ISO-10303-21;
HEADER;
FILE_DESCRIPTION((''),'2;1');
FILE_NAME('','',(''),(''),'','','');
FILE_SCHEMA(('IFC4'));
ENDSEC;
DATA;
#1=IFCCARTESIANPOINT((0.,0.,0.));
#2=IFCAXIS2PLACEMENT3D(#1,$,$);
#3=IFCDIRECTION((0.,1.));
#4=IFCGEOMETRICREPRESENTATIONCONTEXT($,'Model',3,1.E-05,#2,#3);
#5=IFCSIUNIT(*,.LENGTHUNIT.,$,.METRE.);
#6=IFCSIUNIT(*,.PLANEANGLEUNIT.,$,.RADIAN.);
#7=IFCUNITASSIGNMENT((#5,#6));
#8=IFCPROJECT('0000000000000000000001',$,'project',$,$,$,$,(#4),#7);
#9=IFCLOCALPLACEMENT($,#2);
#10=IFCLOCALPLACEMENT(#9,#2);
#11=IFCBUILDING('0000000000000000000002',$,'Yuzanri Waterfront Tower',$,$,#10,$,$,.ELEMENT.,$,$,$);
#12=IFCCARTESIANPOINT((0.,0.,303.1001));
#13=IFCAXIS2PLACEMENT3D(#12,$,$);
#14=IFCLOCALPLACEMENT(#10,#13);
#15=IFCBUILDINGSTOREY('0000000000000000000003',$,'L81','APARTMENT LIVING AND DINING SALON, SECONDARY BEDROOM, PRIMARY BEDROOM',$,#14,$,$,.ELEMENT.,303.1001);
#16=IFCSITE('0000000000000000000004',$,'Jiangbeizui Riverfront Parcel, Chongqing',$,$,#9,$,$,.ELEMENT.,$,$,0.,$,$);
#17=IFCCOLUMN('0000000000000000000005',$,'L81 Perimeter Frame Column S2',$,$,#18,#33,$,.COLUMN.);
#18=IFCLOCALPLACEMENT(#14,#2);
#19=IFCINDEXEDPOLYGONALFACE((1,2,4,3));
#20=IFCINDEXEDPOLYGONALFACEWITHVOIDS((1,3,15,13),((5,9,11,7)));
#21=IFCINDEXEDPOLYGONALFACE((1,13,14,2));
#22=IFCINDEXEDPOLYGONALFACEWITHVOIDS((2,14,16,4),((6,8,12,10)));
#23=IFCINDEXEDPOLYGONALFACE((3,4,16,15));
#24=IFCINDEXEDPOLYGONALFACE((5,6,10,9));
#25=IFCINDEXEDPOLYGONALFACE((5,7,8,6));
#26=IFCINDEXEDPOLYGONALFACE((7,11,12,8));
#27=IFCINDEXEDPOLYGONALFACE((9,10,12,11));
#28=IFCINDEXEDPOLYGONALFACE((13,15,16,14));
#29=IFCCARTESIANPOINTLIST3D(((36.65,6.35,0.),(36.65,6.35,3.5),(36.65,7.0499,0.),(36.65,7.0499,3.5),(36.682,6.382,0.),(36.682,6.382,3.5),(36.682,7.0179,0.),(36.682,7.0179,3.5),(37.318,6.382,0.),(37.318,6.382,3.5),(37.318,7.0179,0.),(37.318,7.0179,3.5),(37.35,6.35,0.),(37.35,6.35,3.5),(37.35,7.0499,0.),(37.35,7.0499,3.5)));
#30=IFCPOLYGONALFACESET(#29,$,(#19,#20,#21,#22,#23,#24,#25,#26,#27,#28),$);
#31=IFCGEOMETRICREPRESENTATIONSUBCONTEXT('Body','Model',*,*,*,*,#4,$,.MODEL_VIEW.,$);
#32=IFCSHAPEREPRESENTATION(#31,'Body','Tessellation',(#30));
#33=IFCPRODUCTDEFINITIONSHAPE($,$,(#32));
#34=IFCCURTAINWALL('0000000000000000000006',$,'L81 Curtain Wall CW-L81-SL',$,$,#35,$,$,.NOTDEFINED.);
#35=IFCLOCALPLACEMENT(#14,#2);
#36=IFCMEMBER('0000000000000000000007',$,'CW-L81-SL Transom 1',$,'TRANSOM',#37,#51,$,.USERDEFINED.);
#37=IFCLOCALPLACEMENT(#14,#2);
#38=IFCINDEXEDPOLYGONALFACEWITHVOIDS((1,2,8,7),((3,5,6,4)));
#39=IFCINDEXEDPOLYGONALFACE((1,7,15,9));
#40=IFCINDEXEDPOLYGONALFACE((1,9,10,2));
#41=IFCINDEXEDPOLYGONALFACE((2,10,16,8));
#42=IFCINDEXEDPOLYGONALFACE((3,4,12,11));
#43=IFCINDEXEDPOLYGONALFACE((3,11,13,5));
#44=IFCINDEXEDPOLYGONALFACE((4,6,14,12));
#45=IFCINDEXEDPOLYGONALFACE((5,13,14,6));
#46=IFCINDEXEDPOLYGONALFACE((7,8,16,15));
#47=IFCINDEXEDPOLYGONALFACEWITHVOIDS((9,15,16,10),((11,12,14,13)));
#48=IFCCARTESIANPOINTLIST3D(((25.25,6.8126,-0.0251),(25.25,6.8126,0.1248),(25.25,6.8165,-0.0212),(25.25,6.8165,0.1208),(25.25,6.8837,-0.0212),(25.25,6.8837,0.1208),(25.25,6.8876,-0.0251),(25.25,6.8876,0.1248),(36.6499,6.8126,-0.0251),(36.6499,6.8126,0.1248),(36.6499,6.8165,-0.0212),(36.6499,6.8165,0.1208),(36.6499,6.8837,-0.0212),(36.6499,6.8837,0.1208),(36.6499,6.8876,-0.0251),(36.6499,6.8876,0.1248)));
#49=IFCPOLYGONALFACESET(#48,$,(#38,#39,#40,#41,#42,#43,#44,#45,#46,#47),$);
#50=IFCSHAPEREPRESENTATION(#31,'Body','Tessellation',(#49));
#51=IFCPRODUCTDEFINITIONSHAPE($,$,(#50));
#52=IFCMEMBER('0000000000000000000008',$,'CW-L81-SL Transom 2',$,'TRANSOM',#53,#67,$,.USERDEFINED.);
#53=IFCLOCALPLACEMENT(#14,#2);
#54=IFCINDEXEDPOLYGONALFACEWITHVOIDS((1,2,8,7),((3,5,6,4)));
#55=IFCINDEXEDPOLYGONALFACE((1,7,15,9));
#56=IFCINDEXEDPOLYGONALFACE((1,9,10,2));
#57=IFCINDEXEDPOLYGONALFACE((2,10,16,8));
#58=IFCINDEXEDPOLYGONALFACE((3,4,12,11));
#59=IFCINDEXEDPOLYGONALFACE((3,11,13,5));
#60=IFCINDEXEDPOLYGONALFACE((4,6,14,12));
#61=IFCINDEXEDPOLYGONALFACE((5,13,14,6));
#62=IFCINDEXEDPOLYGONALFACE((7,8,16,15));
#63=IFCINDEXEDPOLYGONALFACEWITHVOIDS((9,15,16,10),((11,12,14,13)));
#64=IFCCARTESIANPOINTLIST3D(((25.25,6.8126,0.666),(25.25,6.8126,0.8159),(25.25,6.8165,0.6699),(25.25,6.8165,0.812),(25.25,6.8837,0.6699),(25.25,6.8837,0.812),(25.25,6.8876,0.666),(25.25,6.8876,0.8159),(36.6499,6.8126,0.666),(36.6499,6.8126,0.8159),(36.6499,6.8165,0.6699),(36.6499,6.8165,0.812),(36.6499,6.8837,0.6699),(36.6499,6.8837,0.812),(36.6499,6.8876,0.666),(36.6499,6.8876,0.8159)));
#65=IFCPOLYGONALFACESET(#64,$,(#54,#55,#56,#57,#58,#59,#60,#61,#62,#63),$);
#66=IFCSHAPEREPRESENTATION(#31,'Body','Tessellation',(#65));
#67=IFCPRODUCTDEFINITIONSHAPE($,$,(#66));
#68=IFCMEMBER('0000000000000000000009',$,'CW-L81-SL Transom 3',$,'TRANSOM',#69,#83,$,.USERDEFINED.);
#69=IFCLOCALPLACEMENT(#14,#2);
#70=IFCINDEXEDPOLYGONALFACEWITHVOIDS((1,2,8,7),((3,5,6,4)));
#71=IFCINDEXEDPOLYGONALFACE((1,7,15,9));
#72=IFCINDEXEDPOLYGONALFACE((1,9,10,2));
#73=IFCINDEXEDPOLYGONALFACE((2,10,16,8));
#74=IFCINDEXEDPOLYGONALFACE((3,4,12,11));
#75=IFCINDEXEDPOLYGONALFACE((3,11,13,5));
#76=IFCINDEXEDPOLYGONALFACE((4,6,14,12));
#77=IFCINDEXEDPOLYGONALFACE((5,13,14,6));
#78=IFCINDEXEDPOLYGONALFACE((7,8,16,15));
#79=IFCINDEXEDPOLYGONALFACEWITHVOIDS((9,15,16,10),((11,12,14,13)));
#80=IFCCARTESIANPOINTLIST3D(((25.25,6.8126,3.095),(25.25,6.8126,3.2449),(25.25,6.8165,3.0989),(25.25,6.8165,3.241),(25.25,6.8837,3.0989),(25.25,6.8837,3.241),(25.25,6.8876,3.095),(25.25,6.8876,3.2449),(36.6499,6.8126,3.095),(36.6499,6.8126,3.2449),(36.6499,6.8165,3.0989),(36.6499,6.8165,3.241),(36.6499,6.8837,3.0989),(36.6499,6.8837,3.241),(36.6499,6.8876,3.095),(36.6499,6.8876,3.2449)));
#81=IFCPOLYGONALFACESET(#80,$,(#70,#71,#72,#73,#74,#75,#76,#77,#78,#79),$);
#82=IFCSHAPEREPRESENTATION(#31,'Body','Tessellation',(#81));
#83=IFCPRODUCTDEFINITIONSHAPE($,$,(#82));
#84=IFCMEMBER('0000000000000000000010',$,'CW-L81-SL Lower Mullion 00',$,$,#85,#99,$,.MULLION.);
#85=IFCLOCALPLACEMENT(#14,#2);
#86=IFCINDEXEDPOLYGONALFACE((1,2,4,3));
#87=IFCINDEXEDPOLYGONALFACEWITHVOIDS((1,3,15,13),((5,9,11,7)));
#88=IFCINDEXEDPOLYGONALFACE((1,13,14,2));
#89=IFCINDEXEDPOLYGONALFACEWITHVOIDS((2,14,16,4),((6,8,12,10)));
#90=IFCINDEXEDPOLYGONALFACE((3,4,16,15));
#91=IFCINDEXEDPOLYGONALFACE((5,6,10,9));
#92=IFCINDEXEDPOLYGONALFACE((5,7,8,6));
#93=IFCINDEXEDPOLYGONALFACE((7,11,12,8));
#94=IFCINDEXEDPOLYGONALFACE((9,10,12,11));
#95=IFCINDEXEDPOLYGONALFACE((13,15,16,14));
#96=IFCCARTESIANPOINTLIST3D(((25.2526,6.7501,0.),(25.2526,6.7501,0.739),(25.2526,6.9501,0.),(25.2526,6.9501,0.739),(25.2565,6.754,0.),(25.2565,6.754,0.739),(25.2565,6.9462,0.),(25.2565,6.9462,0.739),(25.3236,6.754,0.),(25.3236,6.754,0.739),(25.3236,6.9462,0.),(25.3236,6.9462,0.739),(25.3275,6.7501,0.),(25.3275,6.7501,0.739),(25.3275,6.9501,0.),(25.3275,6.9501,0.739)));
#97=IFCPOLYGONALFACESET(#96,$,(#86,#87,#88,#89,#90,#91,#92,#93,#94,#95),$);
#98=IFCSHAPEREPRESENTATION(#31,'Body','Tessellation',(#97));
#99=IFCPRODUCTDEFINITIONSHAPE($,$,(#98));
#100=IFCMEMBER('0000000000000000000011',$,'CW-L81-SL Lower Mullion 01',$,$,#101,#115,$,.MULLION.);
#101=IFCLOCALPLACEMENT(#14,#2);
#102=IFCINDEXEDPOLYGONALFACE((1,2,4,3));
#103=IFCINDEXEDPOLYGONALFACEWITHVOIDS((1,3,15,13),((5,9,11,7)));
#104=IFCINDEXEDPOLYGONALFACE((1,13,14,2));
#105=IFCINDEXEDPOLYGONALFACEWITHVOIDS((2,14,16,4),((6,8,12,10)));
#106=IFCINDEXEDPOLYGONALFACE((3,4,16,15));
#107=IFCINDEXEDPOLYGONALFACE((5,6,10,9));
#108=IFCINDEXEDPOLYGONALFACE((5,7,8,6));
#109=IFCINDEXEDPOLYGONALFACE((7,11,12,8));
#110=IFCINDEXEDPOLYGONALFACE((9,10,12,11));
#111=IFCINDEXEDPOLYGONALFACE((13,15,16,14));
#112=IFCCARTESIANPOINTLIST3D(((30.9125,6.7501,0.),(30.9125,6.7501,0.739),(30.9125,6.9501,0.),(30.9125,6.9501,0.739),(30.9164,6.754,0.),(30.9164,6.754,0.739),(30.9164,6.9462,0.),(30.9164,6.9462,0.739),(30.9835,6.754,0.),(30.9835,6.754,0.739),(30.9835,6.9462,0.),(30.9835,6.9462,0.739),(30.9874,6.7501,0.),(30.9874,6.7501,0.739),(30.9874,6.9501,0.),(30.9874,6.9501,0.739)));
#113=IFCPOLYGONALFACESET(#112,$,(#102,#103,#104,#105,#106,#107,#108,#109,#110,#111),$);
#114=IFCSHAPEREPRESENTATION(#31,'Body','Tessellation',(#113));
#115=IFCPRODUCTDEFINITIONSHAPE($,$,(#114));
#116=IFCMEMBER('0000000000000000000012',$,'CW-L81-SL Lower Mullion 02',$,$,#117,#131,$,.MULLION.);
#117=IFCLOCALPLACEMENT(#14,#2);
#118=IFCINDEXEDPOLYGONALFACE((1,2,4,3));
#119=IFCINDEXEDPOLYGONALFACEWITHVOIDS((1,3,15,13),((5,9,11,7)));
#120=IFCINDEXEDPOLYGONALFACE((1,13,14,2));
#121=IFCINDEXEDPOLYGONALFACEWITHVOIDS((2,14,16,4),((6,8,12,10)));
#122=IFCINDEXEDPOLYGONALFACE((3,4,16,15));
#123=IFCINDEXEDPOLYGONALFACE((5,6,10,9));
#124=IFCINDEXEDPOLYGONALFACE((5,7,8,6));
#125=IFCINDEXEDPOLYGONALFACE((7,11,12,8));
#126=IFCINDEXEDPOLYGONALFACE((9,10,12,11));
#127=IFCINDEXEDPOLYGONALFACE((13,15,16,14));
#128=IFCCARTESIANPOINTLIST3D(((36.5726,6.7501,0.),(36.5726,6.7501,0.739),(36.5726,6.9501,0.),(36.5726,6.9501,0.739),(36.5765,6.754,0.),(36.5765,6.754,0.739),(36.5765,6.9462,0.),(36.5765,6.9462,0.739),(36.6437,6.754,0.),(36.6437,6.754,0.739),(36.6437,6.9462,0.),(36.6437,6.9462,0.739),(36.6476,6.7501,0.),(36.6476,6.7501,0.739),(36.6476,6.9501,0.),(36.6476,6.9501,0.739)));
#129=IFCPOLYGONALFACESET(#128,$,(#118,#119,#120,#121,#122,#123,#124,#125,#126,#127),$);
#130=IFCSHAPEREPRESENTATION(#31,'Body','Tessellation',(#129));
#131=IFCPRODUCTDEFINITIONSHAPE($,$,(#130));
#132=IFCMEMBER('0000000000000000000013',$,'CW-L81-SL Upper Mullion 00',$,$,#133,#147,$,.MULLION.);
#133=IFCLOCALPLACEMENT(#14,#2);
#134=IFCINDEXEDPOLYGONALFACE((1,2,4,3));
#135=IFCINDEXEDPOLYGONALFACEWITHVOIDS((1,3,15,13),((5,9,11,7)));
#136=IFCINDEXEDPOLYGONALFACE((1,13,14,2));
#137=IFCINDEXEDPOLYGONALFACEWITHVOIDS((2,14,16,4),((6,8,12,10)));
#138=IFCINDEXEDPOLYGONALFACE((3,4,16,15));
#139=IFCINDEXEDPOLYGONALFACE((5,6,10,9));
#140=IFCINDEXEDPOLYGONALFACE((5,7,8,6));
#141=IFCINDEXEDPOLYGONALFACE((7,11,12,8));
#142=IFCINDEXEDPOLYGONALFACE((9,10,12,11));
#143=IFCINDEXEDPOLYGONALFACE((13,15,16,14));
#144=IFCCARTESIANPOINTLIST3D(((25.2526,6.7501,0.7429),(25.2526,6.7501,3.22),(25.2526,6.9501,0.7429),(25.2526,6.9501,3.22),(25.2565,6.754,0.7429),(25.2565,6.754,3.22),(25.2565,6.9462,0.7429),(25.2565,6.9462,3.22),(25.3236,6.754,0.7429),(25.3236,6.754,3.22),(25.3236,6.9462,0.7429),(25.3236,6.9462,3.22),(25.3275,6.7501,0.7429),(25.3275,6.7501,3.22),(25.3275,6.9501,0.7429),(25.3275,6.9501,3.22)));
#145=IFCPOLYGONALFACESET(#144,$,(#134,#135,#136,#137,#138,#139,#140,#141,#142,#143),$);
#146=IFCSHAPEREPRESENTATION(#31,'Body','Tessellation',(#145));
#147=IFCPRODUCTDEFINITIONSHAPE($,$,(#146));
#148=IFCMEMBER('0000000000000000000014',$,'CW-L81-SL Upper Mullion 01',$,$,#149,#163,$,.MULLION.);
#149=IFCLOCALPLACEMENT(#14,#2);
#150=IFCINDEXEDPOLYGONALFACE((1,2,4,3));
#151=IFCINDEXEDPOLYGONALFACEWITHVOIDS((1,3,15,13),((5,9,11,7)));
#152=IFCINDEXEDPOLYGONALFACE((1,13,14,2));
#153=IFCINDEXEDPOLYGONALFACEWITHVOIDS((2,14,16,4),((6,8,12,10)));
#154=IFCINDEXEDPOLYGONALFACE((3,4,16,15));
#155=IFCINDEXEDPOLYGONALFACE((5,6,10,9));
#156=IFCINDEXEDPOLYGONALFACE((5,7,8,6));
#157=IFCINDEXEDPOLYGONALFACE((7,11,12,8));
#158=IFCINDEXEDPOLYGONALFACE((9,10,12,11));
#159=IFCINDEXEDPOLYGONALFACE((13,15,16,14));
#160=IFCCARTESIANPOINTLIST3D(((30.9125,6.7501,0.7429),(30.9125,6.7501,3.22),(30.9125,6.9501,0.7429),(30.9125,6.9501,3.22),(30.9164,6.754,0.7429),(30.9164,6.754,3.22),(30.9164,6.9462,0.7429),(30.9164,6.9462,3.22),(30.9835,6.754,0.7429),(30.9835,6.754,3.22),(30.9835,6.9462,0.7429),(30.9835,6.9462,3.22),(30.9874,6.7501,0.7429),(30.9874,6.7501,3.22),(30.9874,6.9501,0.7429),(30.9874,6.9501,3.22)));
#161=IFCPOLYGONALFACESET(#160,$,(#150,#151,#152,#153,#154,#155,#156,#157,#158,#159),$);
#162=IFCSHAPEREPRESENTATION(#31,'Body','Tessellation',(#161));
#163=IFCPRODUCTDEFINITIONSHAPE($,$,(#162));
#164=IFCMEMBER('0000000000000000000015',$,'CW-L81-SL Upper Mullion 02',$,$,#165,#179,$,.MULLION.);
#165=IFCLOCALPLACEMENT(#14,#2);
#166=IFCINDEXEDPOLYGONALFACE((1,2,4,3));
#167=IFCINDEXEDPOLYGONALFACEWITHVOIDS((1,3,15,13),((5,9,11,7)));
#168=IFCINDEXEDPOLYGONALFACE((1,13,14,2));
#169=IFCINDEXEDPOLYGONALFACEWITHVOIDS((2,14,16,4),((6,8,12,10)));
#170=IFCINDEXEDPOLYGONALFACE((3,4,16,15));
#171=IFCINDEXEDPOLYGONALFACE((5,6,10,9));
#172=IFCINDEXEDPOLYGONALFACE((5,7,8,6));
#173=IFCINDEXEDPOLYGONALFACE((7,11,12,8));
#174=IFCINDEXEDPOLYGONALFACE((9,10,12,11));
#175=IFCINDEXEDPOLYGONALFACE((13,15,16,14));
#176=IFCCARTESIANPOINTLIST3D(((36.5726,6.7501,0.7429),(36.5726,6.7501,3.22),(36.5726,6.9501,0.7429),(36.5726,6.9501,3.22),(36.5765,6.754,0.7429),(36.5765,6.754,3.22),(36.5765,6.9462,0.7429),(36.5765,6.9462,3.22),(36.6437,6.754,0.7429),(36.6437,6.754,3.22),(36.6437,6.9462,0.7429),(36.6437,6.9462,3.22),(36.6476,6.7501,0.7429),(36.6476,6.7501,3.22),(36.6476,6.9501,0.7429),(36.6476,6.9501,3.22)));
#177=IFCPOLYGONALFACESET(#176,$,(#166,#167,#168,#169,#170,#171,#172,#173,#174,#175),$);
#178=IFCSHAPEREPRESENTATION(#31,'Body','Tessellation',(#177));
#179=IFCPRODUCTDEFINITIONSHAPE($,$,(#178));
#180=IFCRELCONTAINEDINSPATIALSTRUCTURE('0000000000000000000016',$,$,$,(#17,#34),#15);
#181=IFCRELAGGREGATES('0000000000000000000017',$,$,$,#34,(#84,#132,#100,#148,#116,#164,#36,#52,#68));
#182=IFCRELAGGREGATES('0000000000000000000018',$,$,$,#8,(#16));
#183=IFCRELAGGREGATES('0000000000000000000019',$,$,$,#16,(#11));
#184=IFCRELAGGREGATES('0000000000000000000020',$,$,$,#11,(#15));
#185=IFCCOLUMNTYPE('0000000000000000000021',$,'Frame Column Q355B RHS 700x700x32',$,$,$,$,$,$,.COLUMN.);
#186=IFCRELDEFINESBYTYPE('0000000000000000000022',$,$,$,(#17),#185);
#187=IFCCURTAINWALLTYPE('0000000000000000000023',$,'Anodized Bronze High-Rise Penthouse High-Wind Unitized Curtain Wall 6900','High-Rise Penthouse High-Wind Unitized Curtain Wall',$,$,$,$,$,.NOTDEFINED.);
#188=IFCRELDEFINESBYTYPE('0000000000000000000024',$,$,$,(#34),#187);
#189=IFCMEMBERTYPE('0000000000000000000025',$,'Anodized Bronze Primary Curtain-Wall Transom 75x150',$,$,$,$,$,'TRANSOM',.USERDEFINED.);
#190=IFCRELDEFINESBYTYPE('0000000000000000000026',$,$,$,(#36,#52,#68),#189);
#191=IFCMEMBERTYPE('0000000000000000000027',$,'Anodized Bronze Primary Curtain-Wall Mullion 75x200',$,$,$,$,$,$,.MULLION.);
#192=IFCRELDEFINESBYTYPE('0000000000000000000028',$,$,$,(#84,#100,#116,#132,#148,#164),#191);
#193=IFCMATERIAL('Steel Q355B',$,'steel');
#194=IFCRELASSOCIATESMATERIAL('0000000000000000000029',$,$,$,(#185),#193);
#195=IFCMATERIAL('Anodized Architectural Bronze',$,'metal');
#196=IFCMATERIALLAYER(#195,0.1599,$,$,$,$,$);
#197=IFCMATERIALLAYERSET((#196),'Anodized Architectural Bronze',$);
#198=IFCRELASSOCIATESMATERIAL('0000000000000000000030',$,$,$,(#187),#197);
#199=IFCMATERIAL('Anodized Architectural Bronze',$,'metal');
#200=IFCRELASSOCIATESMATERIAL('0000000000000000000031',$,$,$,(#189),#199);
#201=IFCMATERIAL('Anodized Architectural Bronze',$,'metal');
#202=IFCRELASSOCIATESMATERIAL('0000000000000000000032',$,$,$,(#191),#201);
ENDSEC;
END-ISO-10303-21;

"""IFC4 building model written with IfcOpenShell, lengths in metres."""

from ifc_helpers import new_model, si_unit, direction, frame, origin, origin_2d, place, context, subcontext, project, spatial, hollow_rectangle, extrude, source, transform, mapped, material, layer, layer_set, material_profile, profile_set, type_object, element, aggregate, save


model = new_model("IFC4")

# Units and contexts
model_context = context("Model", 3, precision=1e-05, world=origin(), true_north=direction((0.0, 1.0)))
body_context = subcontext(model_context, "Body", "Model", "MODEL_VIEW")
ifc_project = project(units=[si_unit("LENGTHUNIT", "METRE"), si_unit("PLANEANGLEUNIT", "RADIAN")], contexts=[model_context])

# Site, building, storey
site_placement = place(None, origin())
site = spatial("IfcSite", under=ifc_project, at=site_placement, Name="Jiangbeizui Riverfront Parcel, Chongqing", CompositionType="ELEMENT", RefElevation=0.0)
building_placement = place(site_placement, origin())
building = spatial("IfcBuilding", under=site, at=building_placement, Name="Yuzanri Waterfront Tower", CompositionType="ELEMENT")
storey_placement = place(building_placement, frame((0.0, 0.0, 303.1001)))
storey = spatial("IfcBuildingStorey", under=building, at=storey_placement, Name="L81", Description="APARTMENT LIVING AND DINING SALON, SECONDARY BEDROOM, PRIMARY BEDROOM", CompositionType="ELEMENT", Elevation=303.1001)

# Column
ifc_material_1 = material(Name="Steel Q355B", Category="steel")
ifc_material_profile_1 = material_profile(ifc_material_1, hollow_rectangle(XDim=0.7, YDim=0.7, WallThickness=0.032, at=origin_2d()), Name="RHS 700x700x32")
ifc_profile_set_1 = profile_set([ifc_material_profile_1], Name="Steel Q355B")
column_type = type_object("IfcColumnType", Name="Frame Column Q355B RHS 700x700x32", PredefinedType="COLUMN", material=ifc_profile_set_1)
shared_shape_1 = source(origin(), body_context, "Body", "SweptSolid", [
    extrude(hollow_rectangle(XDim=0.7, YDim=0.7, WallThickness=0.032, at=origin_2d()), origin(), (0.0, 0.0, 1.0), 3.5),
])
column_placement = place(storey_placement, frame((37.0, 6.7, 0.0), z_axis=(0.0, 0.0, 1.0), x_axis=(1.0, 0.0, 0.0)))
element("IfcColumn", 1, at=column_placement, inside=storey, type_object=column_type, Name="L81 Perimeter Frame Column S2", PredefinedType="COLUMN", context=body_context, shape_type="MappedRepresentation", body=[
    mapped(shared_shape_1, transform((0.0, 0.0, 0.0), scale=1.0)),
])

# Curtain wall, members
ifc_material_2 = material(Name="Anodized Architectural Bronze", Category="metal")
ifc_layer_1 = layer(ifc_material_2, 0.1599)
ifc_layer_set_1 = layer_set([ifc_layer_1], Name="Anodized Architectural Bronze")
curtain_wall_type = type_object("IfcCurtainWallType", Name="Anodized Bronze High-Rise Penthouse High-Wind Unitized Curtain Wall 6900", Description="High-Rise Penthouse High-Wind Unitized Curtain Wall", PredefinedType="NOTDEFINED", material=ifc_layer_set_1)
curtain_wall_placement = place(storey_placement, origin())
curtain_wall = element("IfcCurtainWall", 2, at=curtain_wall_placement, inside=storey, type_object=curtain_wall_type, Name="L81 Curtain Wall CW-L81-SL", PredefinedType="NOTDEFINED")
ifc_material_3 = material(Name="Anodized Architectural Bronze", Category="metal")
ifc_material_profile_2 = material_profile(ifc_material_3, hollow_rectangle(XDim=0.075, YDim=0.1499, WallThickness=0.0039, at=origin_2d()), Name="CWT 75x150")
ifc_profile_set_2 = profile_set([ifc_material_profile_2], Name="Anodized Architectural Bronze")
member_type_1 = type_object("IfcMemberType", Name="Anodized Bronze Primary Curtain-Wall Transom 75x150", ElementType="TRANSOM", PredefinedType="USERDEFINED", material=ifc_profile_set_2)
shared_shape_2 = source(origin(), body_context, "Body", "SweptSolid", [
    extrude(hollow_rectangle(XDim=0.075, YDim=0.1499, WallThickness=0.0039, at=origin_2d()), origin(), (0.0, 0.0, 1.0), 11.3999),
])
member_1_placement = place(storey_placement, frame((25.25, 6.8501, 0.0498), z_axis=(1.0, 0.0, 0.0), x_axis=(0.0, 1.0, 0.0)))
member_1 = element("IfcMember", 3, at=member_1_placement, type_object=member_type_1, Name="CW-L81-SL Transom 1", ObjectType="TRANSOM", PredefinedType="USERDEFINED", context=body_context, shape_type="MappedRepresentation", body=[
    mapped(shared_shape_2, transform((0.0, 0.0, 0.0), scale=1.0)),
])
member_2_placement = place(storey_placement, frame((25.25, 6.8501, 0.741), z_axis=(1.0, 0.0, 0.0), x_axis=(0.0, 1.0, 0.0)))
member_2 = element("IfcMember", 4, at=member_2_placement, type_object=member_type_1, Name="CW-L81-SL Transom 2", ObjectType="TRANSOM", PredefinedType="USERDEFINED", context=body_context, shape_type="MappedRepresentation", body=[
    mapped(shared_shape_2, transform((0.0, 0.0, 0.0), scale=1.0)),
])
member_3_placement = place(storey_placement, frame((25.25, 6.8501, 3.1699), z_axis=(1.0, 0.0, 0.0), x_axis=(0.0, 1.0, 0.0)))
member_3 = element("IfcMember", 5, at=member_3_placement, type_object=member_type_1, Name="CW-L81-SL Transom 3", ObjectType="TRANSOM", PredefinedType="USERDEFINED", context=body_context, shape_type="MappedRepresentation", body=[
    mapped(shared_shape_2, transform((0.0, 0.0, 0.0), scale=1.0)),
])
ifc_material_4 = material(Name="Anodized Architectural Bronze", Category="metal")
ifc_material_profile_3 = material_profile(ifc_material_4, hollow_rectangle(XDim=0.075, YDim=0.2, WallThickness=0.0039, at=origin_2d()), Name="CWM 75x200")
ifc_profile_set_3 = profile_set([ifc_material_profile_3], Name="Anodized Architectural Bronze")
member_type_2 = type_object("IfcMemberType", Name="Anodized Bronze Primary Curtain-Wall Mullion 75x200", PredefinedType="MULLION", material=ifc_profile_set_3)
shared_shape_3 = source(origin(), body_context, "Body", "SweptSolid", [
    extrude(hollow_rectangle(XDim=0.075, YDim=0.2, WallThickness=0.0039, at=origin_2d()), origin(), (0.0, 0.0, 1.0), 0.739),
])
member_4_placement = place(storey_placement, frame((25.29, 6.8501, 0.0), z_axis=(0.0, 0.0, 1.0), x_axis=(1.0, 0.0, 0.0)))
member_4 = element("IfcMember", 6, at=member_4_placement, type_object=member_type_2, Name="CW-L81-SL Lower Mullion 00", PredefinedType="MULLION", context=body_context, shape_type="MappedRepresentation", body=[
    mapped(shared_shape_3, transform((0.0, 0.0, 0.0), scale=1.0)),
])
member_5_placement = place(storey_placement, frame((30.95, 6.8501, 0.0), z_axis=(0.0, 0.0, 1.0), x_axis=(1.0, 0.0, 0.0)))
member_5 = element("IfcMember", 7, at=member_5_placement, type_object=member_type_2, Name="CW-L81-SL Lower Mullion 01", PredefinedType="MULLION", context=body_context, shape_type="MappedRepresentation", body=[
    mapped(shared_shape_3, transform((0.0, 0.0, 0.0), scale=1.0)),
])
member_6_placement = place(storey_placement, frame((36.6101, 6.8501, 0.0), z_axis=(0.0, 0.0, 1.0), x_axis=(1.0, 0.0, 0.0)))
member_6 = element("IfcMember", 8, at=member_6_placement, type_object=member_type_2, Name="CW-L81-SL Lower Mullion 02", PredefinedType="MULLION", context=body_context, shape_type="MappedRepresentation", body=[
    mapped(shared_shape_3, transform((0.0, 0.0, 0.0), scale=1.0)),
])
shared_shape_4 = source(origin(), body_context, "Body", "SweptSolid", [
    extrude(hollow_rectangle(XDim=0.075, YDim=0.2, WallThickness=0.0039, at=origin_2d()), origin(), (0.0, 0.0, 1.0), 2.4771),
])
member_7_placement = place(storey_placement, frame((25.29, 6.8501, 0.7429), z_axis=(0.0, 0.0, 1.0), x_axis=(1.0, 0.0, 0.0)))
member_7 = element("IfcMember", 9, at=member_7_placement, type_object=member_type_2, Name="CW-L81-SL Upper Mullion 00", PredefinedType="MULLION", context=body_context, shape_type="MappedRepresentation", body=[
    mapped(shared_shape_4, transform((0.0, 0.0, 0.0), scale=1.0)),
])
member_8_placement = place(storey_placement, frame((30.95, 6.8501, 0.7429), z_axis=(0.0, 0.0, 1.0), x_axis=(1.0, 0.0, 0.0)))
member_8 = element("IfcMember", 10, at=member_8_placement, type_object=member_type_2, Name="CW-L81-SL Upper Mullion 01", PredefinedType="MULLION", context=body_context, shape_type="MappedRepresentation", body=[
    mapped(shared_shape_4, transform((0.0, 0.0, 0.0), scale=1.0)),
])
member_9_placement = place(storey_placement, frame((36.6101, 6.8501, 0.7429), z_axis=(0.0, 0.0, 1.0), x_axis=(1.0, 0.0, 0.0)))
member_9 = element("IfcMember", 11, at=member_9_placement, type_object=member_type_2, Name="CW-L81-SL Upper Mullion 02", PredefinedType="MULLION", context=body_context, shape_type="MappedRepresentation", body=[
    mapped(shared_shape_4, transform((0.0, 0.0, 0.0), scale=1.0)),
])

aggregate(curtain_wall, [member_4, member_7, member_5, member_8, member_6, member_9, member_1, member_2, member_3])

save(model, "model.ifc")
